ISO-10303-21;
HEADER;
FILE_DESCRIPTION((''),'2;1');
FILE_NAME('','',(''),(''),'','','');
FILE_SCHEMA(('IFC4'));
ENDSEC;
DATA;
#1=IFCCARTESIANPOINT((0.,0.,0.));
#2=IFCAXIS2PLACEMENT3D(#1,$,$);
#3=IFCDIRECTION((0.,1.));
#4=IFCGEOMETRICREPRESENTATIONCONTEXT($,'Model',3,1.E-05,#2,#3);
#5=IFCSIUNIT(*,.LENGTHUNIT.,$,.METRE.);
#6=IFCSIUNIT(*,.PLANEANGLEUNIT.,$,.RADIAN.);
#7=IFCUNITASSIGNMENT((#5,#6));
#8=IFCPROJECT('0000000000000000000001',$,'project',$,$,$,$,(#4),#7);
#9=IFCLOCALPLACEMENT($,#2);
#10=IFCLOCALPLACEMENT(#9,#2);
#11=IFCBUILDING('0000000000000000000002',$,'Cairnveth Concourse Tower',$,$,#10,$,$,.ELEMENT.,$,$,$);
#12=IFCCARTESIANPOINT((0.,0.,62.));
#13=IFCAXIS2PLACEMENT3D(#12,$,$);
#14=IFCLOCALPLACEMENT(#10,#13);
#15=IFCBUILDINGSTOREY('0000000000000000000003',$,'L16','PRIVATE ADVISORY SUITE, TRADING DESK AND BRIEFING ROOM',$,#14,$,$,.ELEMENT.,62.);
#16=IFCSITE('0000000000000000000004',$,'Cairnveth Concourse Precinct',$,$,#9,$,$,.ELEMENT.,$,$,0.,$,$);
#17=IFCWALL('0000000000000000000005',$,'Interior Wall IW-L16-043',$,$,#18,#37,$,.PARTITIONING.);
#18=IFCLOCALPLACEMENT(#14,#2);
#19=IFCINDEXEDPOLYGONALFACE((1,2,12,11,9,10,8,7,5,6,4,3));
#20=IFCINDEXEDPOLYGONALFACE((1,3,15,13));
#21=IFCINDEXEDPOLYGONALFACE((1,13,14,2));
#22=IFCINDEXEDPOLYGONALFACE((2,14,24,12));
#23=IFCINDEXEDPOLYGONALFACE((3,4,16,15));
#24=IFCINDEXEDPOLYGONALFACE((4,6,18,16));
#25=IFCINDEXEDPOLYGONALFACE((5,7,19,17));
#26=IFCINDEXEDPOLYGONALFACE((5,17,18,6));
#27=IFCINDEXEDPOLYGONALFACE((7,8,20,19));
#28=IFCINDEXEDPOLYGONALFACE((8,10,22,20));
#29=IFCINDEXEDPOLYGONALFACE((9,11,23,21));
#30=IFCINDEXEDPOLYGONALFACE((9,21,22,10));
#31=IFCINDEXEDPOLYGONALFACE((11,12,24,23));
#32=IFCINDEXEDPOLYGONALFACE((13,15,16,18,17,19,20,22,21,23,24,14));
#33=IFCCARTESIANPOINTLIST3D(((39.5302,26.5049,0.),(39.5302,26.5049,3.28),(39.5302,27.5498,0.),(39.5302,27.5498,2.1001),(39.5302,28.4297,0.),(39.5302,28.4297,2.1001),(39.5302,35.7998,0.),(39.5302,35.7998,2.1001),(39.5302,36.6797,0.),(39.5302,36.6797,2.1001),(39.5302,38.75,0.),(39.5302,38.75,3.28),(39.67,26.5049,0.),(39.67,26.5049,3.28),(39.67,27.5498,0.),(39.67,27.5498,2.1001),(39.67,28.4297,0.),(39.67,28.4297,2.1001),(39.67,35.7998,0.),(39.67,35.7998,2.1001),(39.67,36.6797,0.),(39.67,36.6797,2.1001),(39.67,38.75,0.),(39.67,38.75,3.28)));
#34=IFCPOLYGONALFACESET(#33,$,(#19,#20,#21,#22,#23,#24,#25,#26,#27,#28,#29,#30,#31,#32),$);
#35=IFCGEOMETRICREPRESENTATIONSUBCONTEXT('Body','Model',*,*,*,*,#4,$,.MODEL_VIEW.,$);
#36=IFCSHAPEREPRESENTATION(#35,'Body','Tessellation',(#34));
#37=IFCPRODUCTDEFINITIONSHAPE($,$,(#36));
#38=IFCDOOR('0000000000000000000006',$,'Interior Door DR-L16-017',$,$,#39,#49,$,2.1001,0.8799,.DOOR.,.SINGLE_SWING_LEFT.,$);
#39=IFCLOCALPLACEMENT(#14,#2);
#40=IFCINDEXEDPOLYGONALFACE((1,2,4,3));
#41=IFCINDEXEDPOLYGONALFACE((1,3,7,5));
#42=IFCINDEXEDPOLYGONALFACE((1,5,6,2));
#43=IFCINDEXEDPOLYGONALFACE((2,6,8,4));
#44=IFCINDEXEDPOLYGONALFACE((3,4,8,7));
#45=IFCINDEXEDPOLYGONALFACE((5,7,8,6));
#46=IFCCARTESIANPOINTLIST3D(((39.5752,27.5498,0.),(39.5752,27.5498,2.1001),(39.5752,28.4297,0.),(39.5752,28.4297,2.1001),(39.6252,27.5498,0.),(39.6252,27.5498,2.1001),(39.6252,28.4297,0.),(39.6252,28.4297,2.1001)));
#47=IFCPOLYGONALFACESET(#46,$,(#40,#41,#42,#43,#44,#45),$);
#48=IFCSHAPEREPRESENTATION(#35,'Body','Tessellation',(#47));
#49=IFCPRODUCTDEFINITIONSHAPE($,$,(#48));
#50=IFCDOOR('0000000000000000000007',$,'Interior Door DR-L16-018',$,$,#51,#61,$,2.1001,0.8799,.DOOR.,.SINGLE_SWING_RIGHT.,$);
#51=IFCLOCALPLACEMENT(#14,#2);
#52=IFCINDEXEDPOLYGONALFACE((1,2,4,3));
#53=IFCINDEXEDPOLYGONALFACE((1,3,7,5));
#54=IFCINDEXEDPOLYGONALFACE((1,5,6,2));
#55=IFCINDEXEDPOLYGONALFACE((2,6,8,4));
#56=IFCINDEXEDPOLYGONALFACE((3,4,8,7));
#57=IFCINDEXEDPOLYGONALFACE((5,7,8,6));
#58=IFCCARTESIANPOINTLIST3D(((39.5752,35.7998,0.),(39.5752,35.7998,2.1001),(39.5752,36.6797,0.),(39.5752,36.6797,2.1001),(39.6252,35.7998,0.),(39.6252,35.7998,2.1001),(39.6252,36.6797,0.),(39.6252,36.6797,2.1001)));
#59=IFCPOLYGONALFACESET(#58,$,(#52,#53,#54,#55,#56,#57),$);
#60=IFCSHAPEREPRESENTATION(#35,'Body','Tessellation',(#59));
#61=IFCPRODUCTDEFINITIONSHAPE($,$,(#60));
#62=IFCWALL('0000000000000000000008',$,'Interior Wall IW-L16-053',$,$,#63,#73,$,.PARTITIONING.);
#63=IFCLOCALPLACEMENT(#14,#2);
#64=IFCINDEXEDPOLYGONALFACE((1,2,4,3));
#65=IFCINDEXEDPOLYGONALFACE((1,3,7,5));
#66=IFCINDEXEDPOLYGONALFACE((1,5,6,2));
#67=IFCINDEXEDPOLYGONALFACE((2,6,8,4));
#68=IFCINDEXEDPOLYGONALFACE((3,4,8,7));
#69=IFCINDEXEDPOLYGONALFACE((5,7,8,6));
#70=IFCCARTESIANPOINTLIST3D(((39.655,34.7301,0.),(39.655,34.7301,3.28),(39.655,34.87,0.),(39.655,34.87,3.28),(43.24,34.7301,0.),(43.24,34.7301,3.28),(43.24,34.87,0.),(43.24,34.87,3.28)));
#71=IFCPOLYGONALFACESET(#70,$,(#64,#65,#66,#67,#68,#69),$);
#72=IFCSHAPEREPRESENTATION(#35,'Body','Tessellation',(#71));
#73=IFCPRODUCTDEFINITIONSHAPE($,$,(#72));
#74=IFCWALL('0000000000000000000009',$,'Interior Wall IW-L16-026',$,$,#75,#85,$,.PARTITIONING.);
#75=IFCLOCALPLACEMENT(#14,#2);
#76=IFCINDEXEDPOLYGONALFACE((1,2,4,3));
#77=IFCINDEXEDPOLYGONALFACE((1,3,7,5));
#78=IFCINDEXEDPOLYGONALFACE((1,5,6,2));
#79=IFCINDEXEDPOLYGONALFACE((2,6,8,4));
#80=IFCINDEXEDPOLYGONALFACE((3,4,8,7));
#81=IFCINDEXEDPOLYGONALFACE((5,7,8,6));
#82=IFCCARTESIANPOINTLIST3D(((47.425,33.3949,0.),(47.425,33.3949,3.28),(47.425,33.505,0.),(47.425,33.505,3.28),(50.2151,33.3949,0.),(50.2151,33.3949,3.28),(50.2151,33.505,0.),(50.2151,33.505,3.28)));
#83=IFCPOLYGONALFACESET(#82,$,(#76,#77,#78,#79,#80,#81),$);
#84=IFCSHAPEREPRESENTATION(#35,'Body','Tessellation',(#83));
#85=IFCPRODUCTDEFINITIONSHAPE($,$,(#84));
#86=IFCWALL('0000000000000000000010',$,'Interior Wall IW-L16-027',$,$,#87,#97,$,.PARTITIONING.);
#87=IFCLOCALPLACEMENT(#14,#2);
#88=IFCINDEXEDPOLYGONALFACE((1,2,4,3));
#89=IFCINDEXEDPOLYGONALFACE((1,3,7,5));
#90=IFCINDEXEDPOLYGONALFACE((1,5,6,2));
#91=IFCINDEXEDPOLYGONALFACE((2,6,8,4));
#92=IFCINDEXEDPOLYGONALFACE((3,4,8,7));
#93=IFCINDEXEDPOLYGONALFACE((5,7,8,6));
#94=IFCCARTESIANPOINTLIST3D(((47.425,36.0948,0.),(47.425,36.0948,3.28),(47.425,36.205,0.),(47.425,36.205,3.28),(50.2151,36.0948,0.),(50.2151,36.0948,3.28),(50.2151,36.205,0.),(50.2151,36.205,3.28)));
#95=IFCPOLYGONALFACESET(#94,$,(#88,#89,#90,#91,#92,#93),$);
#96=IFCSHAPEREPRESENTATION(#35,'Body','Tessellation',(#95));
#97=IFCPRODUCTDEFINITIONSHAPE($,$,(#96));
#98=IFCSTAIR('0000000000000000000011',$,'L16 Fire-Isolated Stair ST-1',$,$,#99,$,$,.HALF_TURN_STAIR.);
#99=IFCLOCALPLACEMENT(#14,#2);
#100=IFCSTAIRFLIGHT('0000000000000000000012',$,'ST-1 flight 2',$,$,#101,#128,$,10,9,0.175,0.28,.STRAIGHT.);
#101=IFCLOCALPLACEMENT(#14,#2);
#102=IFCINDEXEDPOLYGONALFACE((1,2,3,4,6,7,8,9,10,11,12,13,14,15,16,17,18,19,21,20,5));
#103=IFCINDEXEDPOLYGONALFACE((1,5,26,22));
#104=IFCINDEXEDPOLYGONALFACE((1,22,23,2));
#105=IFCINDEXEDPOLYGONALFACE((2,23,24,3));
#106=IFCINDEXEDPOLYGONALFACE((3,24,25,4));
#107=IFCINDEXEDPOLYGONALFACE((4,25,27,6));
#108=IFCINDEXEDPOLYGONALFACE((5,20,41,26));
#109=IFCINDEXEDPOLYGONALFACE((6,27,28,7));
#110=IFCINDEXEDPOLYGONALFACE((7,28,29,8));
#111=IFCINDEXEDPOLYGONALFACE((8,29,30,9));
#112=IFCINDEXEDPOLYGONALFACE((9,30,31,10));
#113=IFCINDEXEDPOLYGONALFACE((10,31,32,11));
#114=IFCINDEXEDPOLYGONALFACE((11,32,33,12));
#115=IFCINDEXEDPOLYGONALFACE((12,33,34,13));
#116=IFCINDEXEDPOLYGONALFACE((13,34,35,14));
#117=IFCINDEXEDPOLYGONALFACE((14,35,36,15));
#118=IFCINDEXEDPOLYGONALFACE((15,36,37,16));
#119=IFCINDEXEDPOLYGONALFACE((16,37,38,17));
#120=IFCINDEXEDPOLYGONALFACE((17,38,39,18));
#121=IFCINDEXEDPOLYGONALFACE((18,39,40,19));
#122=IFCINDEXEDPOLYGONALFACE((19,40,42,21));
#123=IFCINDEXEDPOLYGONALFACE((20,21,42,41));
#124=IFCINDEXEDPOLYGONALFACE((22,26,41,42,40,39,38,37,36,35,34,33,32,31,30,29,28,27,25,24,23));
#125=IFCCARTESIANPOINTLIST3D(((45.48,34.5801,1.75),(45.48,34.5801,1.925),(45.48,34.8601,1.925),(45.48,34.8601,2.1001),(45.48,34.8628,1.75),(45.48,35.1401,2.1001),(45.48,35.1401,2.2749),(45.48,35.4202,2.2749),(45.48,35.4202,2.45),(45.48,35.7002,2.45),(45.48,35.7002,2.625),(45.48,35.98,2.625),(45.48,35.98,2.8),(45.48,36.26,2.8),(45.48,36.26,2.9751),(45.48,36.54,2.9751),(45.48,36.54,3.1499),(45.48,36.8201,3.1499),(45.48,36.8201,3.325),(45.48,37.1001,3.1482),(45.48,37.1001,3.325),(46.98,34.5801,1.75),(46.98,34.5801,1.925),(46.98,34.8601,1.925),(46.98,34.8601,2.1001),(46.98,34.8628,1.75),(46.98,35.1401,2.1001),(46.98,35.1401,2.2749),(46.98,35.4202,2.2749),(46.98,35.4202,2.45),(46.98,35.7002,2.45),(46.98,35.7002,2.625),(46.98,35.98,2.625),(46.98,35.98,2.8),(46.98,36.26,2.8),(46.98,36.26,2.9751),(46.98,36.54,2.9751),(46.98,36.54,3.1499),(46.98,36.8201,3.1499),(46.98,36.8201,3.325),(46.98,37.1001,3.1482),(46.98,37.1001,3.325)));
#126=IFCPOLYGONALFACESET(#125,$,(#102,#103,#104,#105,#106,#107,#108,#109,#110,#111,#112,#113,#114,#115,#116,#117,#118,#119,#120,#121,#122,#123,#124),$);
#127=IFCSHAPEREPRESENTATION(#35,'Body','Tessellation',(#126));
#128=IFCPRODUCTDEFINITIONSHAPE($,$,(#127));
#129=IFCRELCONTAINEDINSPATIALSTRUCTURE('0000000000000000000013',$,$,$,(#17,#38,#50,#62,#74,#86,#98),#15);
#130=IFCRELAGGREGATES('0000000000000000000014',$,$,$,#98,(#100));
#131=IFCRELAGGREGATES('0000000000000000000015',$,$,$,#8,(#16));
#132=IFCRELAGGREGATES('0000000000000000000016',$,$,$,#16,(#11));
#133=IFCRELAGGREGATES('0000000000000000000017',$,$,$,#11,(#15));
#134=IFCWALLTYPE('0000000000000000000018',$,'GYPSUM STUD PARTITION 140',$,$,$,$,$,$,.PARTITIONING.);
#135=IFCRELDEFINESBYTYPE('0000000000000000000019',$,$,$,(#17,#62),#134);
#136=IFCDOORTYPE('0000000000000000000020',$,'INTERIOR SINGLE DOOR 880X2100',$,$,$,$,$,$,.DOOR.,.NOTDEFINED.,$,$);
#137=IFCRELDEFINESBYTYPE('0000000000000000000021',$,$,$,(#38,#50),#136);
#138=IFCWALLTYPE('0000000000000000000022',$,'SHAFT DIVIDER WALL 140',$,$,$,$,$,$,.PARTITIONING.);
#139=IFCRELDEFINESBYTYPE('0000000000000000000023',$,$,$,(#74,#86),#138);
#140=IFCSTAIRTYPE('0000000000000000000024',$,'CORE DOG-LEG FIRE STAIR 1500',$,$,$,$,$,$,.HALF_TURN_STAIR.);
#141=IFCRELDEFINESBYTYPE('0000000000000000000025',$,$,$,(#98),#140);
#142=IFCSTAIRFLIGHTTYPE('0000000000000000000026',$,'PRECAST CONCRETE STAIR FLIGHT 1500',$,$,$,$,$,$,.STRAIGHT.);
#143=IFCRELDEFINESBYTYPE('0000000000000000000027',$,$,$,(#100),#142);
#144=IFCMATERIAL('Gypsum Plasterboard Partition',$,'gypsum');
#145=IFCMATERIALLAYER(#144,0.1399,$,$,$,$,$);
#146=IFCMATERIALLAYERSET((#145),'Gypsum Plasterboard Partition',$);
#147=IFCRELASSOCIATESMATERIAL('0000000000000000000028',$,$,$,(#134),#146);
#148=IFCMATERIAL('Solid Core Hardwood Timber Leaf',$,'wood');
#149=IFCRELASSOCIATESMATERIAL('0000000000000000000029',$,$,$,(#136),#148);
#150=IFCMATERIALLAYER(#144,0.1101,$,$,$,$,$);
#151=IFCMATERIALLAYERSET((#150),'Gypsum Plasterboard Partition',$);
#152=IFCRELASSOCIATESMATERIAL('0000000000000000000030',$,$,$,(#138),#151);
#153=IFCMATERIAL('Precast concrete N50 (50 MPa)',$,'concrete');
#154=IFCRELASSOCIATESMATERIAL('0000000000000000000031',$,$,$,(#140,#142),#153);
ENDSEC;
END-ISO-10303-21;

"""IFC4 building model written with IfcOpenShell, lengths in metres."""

from ifc_helpers import new_model, si_unit, direction, frame, frame_2d, origin, place, context, subcontext, project, spatial, polyline, rectangle, outline, extrude, material, layer, layer_set, type_object, element, fill, aggregate, save


model = new_model("IFC4")

# Units and contexts
model_context = context("Model", 3, precision=1e-05, world=origin(), true_north=direction((0.0, 1.0)))
body_context = subcontext(model_context, "Body", "Model", "MODEL_VIEW")
ifc_project = project(units=[si_unit("LENGTHUNIT", "METRE"), si_unit("PLANEANGLEUNIT", "RADIAN")], contexts=[model_context])

# Site, building, storey
site_placement = place(None, origin())
site = spatial("IfcSite", under=ifc_project, at=site_placement, Name="Cairnveth Concourse Precinct", CompositionType="ELEMENT", RefElevation=0.0)
building_placement = place(site_placement, origin())
building = spatial("IfcBuilding", under=site, at=building_placement, Name="Cairnveth Concourse Tower", CompositionType="ELEMENT")
storey_placement = place(building_placement, frame((0.0, 0.0, 62.0)))
storey = spatial("IfcBuildingStorey", under=building, at=storey_placement, Name="L16", Description="PRIVATE ADVISORY SUITE, TRADING DESK AND BRIEFING ROOM", CompositionType="ELEMENT", Elevation=62.0)

# Wall, openings, doors
ifc_material_1 = material(Name="Gypsum Plasterboard Partition", Category="gypsum")
ifc_layer_1 = layer(ifc_material_1, 0.1399)
ifc_layer_set_1 = layer_set([ifc_layer_1], Name="Gypsum Plasterboard Partition")
wall_type_1 = type_object("IfcWallType", Name="GYPSUM STUD PARTITION 140", PredefinedType="PARTITIONING", material=ifc_layer_set_1)
ifc_material_2 = material(Name="Solid Core Hardwood Timber Leaf", Category="wood")
wall_1_placement = place(storey_placement, frame((39.6001, 26.5049, 0.0), z_axis=(0.0, 0.0, 1.0), x_axis=(0.0, 1.0, 0.0)))
wall_1 = element("IfcWall", 1, at=wall_1_placement, inside=storey, type_object=wall_type_1, Name="Interior Wall IW-L16-043", PredefinedType="PARTITIONING", context=body_context, shape_type="SweptSolid", body=[
    extrude(rectangle(XDim=12.2451, YDim=0.1399, at=frame_2d((6.1226, 0.0))), origin(), (0.0, 0.0, 1.0), 3.28),
])
opening_1_placement = place(wall_1_placement, frame((1.0449, 0.0, 0.0)))
opening_1 = element("IfcOpeningElement", 2, at=opening_1_placement, cuts=wall_1, PredefinedType="OPENING", context=body_context, shape_type="SweptSolid", body=[
    extrude(rectangle(XDim=0.8799, YDim=2.1001, at=frame_2d((0.4399, 1.05))), frame((0.0, 0.0798, 0.0), z_axis=(0.0, -1.0, 0.0), x_axis=(1.0, 0.0, 0.0)), (0.0, 0.0, 1.0), 0.1599),
])
opening_2_placement = place(wall_1_placement, frame((9.2949, 0.0, 0.0)))
opening_2 = element("IfcOpeningElement", 3, at=opening_2_placement, cuts=wall_1, PredefinedType="OPENING", context=body_context, shape_type="SweptSolid", body=[
    extrude(rectangle(XDim=0.8799, YDim=2.1001, at=frame_2d((0.4399, 1.05))), frame((0.0, 0.0798, 0.0), z_axis=(0.0, -1.0, 0.0), x_axis=(1.0, 0.0, 0.0)), (0.0, 0.0, 1.0), 0.1599),
])
door_type_1 = type_object("IfcDoorType", Name="INTERIOR SINGLE DOOR 880X2100", OperationType="NOTDEFINED", PredefinedType="DOOR", material=ifc_material_2)
door_1_placement = place(opening_1_placement, origin())
door_1 = element("IfcDoor", 4, at=door_1_placement, inside=storey, type_object=door_type_1, Name="Interior Door DR-L16-017", OperationType="SINGLE_SWING_LEFT", OverallHeight=2.1001, OverallWidth=0.8799, PredefinedType="DOOR", context=body_context, shape_type="SweptSolid", body=[
    extrude(rectangle(XDim=0.8799, YDim=2.1001, at=frame_2d((0.4399, 1.05))), frame((0.0, 0.0249, 0.0), z_axis=(0.0, -1.0, 0.0), x_axis=(1.0, 0.0, 0.0)), (0.0, 0.0, 1.0), 0.05),
])
fill(opening_1, door_1)
door_2_placement = place(opening_2_placement, origin())
door_2 = element("IfcDoor", 5, at=door_2_placement, inside=storey, type_object=door_type_1, Name="Interior Door DR-L16-018", OperationType="SINGLE_SWING_RIGHT", OverallHeight=2.1001, OverallWidth=0.8799, PredefinedType="DOOR", context=body_context, shape_type="SweptSolid", body=[
    extrude(rectangle(XDim=0.8799, YDim=2.1001, at=frame_2d((0.4399, 1.05))), frame((0.0, 0.0249, 0.0), z_axis=(0.0, -1.0, 0.0), x_axis=(1.0, 0.0, 0.0)), (0.0, 0.0, 1.0), 0.05),
])
fill(opening_2, door_2)

# Walls
wall_2_placement = place(storey_placement, frame((39.655, 34.8, 0.0), z_axis=(0.0, 0.0, 1.0), x_axis=(1.0, 0.0, 0.0)))
element("IfcWall", 6, at=wall_2_placement, inside=storey, type_object=wall_type_1, Name="Interior Wall IW-L16-053", PredefinedType="PARTITIONING", context=body_context, shape_type="SweptSolid", body=[
    extrude(rectangle(XDim=3.585, YDim=0.1399, at=frame_2d((1.7925, 0.0))), origin(), (0.0, 0.0, 1.0), 3.28),
])
ifc_layer_2 = layer(ifc_material_1, 0.1101)
ifc_layer_set_2 = layer_set([ifc_layer_2], Name="Gypsum Plasterboard Partition")
wall_type_2 = type_object("IfcWallType", Name="SHAFT DIVIDER WALL 140", PredefinedType="PARTITIONING", material=ifc_layer_set_2)
for number, where, z_axis, x_axis, name in (
    (7, (47.425, 33.45, 0.0), (0.0, 0.0, 1.0), (1.0, 0.0, 0.0), "Interior Wall IW-L16-026"),
    (8, (47.425, 36.1499, 0.0), (0.0, 0.0, 1.0), (1.0, 0.0, 0.0), "Interior Wall IW-L16-027"),
):
    element("IfcWall", number, at=place(storey_placement, frame(where, z_axis=z_axis, x_axis=x_axis)), inside=storey, type_object=wall_type_2, Name=name, PredefinedType="PARTITIONING", context=body_context, shape_type="SweptSolid", body=[
        extrude(rectangle(XDim=2.79, YDim=0.1101, at=frame_2d((1.395, 0.0))), origin(), (0.0, 0.0, 1.0), 3.28),
    ])

# Stair, stair flight
ifc_material_3 = material(Name="Precast concrete N50 (50 MPa)", Category="concrete")
stair_type = type_object("IfcStairType", Name="CORE DOG-LEG FIRE STAIR 1500", PredefinedType="HALF_TURN_STAIR", material=ifc_material_3)
stair_placement = place(storey_placement, origin())
stair = element("IfcStair", 9, at=stair_placement, inside=storey, type_object=stair_type, Name="L16 Fire-Isolated Stair ST-1", PredefinedType="HALF_TURN_STAIR")
stair_flight_type = type_object("IfcStairFlightType", Name="PRECAST CONCRETE STAIR FLIGHT 1500", PredefinedType="STRAIGHT", material=ifc_material_3)
stair_flight_placement = place(storey_placement, frame((46.23, 34.5801, 1.75), z_axis=(0.0, 0.0, 1.0), x_axis=(0.0, 1.0, 0.0)))
stair_flight = element("IfcStairFlight", 10, at=stair_flight_placement, type_object=stair_flight_type, Name="ST-1 flight 2", NumberOfRisers=10, NumberOfTreads=9, PredefinedType="STRAIGHT", RiserHeight=0.175, TreadLength=0.28, context=body_context, shape_type="SweptSolid", body=[
    extrude(outline(polyline([(0.0, 0.0), (0.0, 0.175), (0.28, 0.175), (0.28, 0.3501), (0.5601, 0.3501), (0.5601, 0.5249), (0.8401, 0.5249), (0.8401, 0.7), (1.1201, 0.7), (1.1201, 0.875), (1.3999, 0.875), (1.3999, 1.05), (1.6799, 1.05), (1.6799, 1.2251), (1.96, 1.2251), (1.96, 1.3999), (2.24, 1.3999), (2.24, 1.575), (2.52, 1.575), (2.52, 1.75), (2.52, 1.3982), (0.2827, 0.0), (0.0, 0.0)])), frame((0.0, 0.75, 0.0), z_axis=(0.0, -1.0, 0.0), x_axis=(1.0, 0.0, 0.0)), (0.0, 0.0, 1.0), 1.5),
])
aggregate(stair, [stair_flight])

save(model, "model.ifc")
